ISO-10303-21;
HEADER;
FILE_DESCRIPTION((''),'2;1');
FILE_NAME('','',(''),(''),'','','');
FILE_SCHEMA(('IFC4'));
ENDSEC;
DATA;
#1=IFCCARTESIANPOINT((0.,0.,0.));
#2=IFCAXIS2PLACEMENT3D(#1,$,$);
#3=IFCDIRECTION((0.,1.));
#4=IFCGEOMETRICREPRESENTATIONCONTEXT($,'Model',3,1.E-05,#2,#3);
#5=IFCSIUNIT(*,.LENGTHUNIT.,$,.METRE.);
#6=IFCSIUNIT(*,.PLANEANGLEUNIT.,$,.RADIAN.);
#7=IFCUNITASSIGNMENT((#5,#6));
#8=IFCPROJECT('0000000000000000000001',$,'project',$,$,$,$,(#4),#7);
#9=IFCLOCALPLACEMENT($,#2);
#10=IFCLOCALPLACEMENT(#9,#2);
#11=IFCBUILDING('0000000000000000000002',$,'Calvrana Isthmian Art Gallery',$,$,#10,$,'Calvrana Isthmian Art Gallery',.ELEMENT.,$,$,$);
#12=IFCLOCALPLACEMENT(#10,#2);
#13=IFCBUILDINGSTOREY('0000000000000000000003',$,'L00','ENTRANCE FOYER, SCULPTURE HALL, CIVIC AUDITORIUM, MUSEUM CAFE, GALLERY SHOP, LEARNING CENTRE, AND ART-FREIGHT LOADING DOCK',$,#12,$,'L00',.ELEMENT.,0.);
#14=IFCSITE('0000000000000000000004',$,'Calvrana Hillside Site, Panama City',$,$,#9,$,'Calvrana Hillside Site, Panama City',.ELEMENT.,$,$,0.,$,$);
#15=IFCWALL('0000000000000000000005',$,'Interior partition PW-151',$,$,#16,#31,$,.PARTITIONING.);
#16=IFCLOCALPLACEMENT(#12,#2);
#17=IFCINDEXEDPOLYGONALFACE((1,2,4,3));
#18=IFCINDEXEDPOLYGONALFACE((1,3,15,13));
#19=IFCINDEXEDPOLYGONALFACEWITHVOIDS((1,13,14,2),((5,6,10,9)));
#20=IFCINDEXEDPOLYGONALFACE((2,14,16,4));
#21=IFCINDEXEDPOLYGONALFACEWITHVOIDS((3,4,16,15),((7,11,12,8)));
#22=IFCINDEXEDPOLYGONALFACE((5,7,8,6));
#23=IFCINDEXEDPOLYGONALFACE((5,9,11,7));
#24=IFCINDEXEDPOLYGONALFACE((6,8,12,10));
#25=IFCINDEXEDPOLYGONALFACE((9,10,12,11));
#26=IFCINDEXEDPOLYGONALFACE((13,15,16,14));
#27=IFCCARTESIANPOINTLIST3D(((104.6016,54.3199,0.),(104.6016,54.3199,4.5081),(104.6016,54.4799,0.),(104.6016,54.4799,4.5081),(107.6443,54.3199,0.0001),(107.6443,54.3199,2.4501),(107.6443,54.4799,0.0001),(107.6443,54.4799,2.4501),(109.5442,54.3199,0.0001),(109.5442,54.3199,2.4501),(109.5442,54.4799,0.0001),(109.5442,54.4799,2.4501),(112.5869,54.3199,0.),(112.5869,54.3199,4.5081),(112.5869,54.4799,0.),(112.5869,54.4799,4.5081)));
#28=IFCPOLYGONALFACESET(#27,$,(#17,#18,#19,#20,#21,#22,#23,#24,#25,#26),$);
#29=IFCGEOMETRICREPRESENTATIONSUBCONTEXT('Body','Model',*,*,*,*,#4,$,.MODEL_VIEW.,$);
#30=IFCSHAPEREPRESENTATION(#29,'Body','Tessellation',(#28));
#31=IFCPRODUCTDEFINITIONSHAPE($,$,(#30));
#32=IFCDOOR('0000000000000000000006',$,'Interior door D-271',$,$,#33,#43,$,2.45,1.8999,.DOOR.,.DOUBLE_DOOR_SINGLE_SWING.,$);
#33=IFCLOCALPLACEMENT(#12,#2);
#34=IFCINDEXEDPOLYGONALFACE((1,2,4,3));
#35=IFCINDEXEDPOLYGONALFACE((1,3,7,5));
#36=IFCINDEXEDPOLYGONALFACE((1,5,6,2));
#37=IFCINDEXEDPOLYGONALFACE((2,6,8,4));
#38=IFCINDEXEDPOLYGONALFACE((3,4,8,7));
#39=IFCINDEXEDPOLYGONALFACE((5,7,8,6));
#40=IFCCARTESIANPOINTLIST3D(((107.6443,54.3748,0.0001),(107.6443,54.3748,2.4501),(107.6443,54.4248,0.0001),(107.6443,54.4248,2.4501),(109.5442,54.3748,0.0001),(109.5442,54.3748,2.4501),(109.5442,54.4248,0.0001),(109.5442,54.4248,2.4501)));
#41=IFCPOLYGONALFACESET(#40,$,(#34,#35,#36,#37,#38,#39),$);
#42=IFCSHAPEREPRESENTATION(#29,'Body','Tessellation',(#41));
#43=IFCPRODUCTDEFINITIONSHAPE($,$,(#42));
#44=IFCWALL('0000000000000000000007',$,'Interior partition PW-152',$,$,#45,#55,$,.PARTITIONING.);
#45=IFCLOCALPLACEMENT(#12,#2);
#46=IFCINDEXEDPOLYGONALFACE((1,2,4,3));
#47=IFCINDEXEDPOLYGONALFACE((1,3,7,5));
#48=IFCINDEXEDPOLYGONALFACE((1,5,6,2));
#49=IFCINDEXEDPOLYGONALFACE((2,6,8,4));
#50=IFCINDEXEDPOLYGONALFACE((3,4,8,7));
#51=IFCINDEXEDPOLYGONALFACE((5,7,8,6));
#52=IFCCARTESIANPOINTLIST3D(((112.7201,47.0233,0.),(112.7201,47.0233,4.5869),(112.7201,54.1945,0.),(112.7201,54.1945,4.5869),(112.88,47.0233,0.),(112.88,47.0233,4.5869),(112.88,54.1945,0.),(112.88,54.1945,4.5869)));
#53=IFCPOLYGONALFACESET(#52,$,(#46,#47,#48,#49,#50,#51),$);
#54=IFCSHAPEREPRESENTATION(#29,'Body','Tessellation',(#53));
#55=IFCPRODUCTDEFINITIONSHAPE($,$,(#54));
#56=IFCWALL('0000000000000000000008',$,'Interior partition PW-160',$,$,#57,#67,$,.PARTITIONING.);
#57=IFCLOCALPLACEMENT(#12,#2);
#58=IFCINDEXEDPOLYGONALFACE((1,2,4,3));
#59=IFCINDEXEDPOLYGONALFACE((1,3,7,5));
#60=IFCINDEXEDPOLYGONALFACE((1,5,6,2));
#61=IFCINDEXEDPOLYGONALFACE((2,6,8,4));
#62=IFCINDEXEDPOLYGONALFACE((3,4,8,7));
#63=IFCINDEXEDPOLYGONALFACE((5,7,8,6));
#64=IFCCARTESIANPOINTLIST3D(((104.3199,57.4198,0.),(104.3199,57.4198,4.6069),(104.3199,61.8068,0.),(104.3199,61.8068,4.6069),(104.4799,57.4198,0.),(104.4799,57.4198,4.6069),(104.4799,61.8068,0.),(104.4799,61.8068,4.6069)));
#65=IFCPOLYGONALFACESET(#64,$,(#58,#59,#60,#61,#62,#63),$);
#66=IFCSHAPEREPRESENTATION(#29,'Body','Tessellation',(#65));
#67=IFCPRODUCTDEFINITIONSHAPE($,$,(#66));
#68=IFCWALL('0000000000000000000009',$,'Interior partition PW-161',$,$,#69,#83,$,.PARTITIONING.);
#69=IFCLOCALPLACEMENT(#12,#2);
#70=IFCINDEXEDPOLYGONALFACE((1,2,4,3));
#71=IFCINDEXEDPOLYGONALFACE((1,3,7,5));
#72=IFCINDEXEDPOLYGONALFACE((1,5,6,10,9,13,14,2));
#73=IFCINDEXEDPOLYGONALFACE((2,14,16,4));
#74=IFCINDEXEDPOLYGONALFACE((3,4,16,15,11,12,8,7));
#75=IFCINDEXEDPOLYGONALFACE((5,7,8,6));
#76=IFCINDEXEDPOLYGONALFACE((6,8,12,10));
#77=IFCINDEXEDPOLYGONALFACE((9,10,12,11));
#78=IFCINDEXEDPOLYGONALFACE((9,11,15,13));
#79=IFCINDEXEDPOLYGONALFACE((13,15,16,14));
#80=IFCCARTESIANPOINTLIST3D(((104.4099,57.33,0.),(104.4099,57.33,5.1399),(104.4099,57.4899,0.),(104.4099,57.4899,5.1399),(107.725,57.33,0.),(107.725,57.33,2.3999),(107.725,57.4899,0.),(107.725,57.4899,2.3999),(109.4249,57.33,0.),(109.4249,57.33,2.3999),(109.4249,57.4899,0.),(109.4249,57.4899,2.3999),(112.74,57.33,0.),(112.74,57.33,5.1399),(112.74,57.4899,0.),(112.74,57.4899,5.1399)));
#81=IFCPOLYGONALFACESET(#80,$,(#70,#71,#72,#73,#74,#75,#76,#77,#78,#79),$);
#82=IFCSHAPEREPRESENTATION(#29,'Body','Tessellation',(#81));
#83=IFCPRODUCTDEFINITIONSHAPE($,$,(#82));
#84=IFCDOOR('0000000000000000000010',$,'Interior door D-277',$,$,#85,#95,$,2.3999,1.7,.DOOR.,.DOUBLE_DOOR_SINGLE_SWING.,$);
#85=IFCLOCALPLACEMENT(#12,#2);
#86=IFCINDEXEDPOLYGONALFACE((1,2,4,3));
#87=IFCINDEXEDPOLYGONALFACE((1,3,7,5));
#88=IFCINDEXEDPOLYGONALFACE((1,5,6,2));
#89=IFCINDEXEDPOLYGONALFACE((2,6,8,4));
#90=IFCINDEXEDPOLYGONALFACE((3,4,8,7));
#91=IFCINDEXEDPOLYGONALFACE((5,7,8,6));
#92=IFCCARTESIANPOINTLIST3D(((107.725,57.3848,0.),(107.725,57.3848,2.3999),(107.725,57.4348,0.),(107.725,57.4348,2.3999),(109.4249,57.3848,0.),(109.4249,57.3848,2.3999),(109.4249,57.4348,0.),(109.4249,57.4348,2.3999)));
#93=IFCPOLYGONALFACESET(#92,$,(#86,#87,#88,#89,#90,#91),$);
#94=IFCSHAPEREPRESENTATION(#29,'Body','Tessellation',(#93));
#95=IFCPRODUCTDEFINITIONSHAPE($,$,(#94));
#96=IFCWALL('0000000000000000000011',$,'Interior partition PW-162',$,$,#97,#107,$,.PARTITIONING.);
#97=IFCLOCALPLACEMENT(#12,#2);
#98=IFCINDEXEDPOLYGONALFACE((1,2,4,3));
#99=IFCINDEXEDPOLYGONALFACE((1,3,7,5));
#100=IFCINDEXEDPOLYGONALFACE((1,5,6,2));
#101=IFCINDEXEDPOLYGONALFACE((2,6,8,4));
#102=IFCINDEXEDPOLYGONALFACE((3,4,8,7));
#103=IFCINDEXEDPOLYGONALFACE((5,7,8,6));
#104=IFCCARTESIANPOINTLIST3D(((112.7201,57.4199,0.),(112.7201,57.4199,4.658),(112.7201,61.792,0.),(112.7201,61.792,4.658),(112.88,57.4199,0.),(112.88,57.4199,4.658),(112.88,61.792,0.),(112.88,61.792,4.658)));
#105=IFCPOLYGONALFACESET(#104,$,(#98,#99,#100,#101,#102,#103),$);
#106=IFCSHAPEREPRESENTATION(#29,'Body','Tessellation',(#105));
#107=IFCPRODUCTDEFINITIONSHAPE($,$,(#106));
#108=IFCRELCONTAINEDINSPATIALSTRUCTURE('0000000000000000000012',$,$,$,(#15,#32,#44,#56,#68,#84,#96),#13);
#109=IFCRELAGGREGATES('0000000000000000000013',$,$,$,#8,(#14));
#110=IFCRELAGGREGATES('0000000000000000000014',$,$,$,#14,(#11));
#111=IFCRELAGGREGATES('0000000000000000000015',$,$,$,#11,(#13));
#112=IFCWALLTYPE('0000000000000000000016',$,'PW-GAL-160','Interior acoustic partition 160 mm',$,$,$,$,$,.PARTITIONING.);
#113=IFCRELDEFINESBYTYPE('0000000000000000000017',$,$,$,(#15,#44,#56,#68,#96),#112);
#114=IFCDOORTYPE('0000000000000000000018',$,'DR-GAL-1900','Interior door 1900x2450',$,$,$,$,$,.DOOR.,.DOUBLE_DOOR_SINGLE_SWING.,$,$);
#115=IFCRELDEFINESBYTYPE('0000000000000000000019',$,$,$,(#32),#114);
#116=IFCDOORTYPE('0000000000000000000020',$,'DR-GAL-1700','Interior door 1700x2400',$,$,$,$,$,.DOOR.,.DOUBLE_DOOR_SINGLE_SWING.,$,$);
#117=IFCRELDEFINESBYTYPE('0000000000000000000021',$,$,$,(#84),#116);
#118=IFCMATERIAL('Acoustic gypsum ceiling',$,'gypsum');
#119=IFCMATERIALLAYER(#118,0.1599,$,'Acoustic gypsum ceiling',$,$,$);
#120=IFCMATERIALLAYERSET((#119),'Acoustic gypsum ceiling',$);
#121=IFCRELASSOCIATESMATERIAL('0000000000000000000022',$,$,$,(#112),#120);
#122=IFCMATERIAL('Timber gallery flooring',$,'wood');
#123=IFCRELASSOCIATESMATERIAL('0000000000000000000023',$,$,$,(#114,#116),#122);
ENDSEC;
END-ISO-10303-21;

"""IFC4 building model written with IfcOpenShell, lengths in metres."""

from ifc_helpers import new_model, si_unit, direction, frame, frame_2d, origin, place, context, subcontext, project, spatial, rectangle, extrude, material, layer, layer_set, type_object, element, fill, save


model = new_model("IFC4")

# Units and contexts
model_context = context("Model", 3, precision=1e-05, world=origin(), true_north=direction((0.0, 1.0)))
body_context = subcontext(model_context, "Body", "Model", "MODEL_VIEW")
ifc_project = project(units=[si_unit("LENGTHUNIT", "METRE"), si_unit("PLANEANGLEUNIT", "RADIAN")], contexts=[model_context])

# Site, building, storey
site_placement = place(None, origin())
site = spatial("IfcSite", under=ifc_project, at=site_placement, Name="Calvrana Hillside Site, Panama City", LongName="Calvrana Hillside Site, Panama City", CompositionType="ELEMENT", RefElevation=0.0)
building_placement = place(site_placement, origin())
building = spatial("IfcBuilding", under=site, at=building_placement, Name="Calvrana Isthmian Art Gallery", LongName="Calvrana Isthmian Art Gallery", CompositionType="ELEMENT")
storey_placement = place(building_placement, origin())
storey = spatial("IfcBuildingStorey", under=building, at=storey_placement, Name="L00", Description="ENTRANCE FOYER, SCULPTURE HALL, CIVIC AUDITORIUM, MUSEUM CAFE, GALLERY SHOP, LEARNING CENTRE, AND ART-FREIGHT LOADING DOCK", LongName="L00", CompositionType="ELEMENT", Elevation=0.0)

# Shared definitions
ifc_material_1 = material(Name="Acoustic gypsum ceiling", Category="gypsum")
ifc_layer_1 = layer(ifc_material_1, 0.1599, Name="Acoustic gypsum ceiling")
ifc_layer_set_1 = layer_set([ifc_layer_1], Name="Acoustic gypsum ceiling")
wall_type = type_object("IfcWallType", Name="PW-GAL-160", Description="Interior acoustic partition 160 mm", PredefinedType="PARTITIONING", material=ifc_layer_set_1)

# Wall, opening, door
wall_1_placement = place(storey_placement, frame((104.6016, 54.3999, 0.0), z_axis=(0.0, 0.0, 1.0), x_axis=(1.0, 0.0, 0.0)))
wall_1 = element("IfcWall", 1, at=wall_1_placement, inside=storey, type_object=wall_type, Name="Interior partition PW-151", PredefinedType="PARTITIONING", context=body_context, shape_type="SweptSolid", body=[
    extrude(rectangle(XDim=7.9854, YDim=0.1599, at=frame_2d((3.9927, 0.0))), origin(), (0.0, 0.0, 1.0), 4.5081),
])
opening_1_placement = place(wall_1_placement, frame((3.0427, 0.0, 0.0)))
opening_1 = element("IfcOpeningElement", 2, at=opening_1_placement, cuts=wall_1, PredefinedType="OPENING", context=body_context, shape_type="SweptSolid", body=[
    extrude(rectangle(XDim=1.8999, YDim=2.45, at=frame_2d((0.95, 1.2251))), frame((0.0, 0.0903, 0.0), z_axis=(0.0, -1.0, 0.0), x_axis=(1.0, 0.0, 0.0)), (0.0, 0.0, 1.0), 0.1804),
])
ifc_material_2 = material(Name="Timber gallery flooring", Category="wood")
door_type_1 = type_object("IfcDoorType", Name="DR-GAL-1900", Description="Interior door 1900x2450", OperationType="DOUBLE_DOOR_SINGLE_SWING", PredefinedType="DOOR", material=ifc_material_2)
door_1_placement = place(opening_1_placement, origin())
door_1 = element("IfcDoor", 3, at=door_1_placement, inside=storey, type_object=door_type_1, Name="Interior door D-271", OperationType="DOUBLE_DOOR_SINGLE_SWING", OverallHeight=2.45, OverallWidth=1.8999, PredefinedType="DOOR", context=body_context, shape_type="SweptSolid", body=[
    extrude(rectangle(XDim=1.8999, YDim=2.45, at=frame_2d((0.95, 1.2251))), frame((0.0, 0.0249, 0.0), z_axis=(0.0, -1.0, 0.0), x_axis=(1.0, 0.0, 0.0)), (0.0, 0.0, 1.0), 0.05),
])
fill(opening_1, door_1)

# Walls
wall_2_placement = place(storey_placement, frame((112.8, 47.0234, 0.0), z_axis=(0.0, 0.0, 1.0), x_axis=(0.0, 1.0, 0.0)))
element("IfcWall", 4, at=wall_2_placement, inside=storey, type_object=wall_type, Name="Interior partition PW-152", PredefinedType="PARTITIONING", context=body_context, shape_type="SweptSolid", body=[
    extrude(rectangle(XDim=7.1711, YDim=0.1599, at=frame_2d((3.5854, 0.0))), origin(), (0.0, 0.0, 1.0), 4.5869),
])
wall_3_placement = place(storey_placement, frame((104.3999, 57.4199, 0.0), z_axis=(0.0, 0.0, 1.0), x_axis=(0.0, 1.0, 0.0)))
element("IfcWall", 5, at=wall_3_placement, inside=storey, type_object=wall_type, Name="Interior partition PW-160", PredefinedType="PARTITIONING", context=body_context, shape_type="SweptSolid", body=[
    extrude(rectangle(XDim=4.387, YDim=0.1599, at=frame_2d((2.1934, 0.0))), origin(), (0.0, 0.0, 1.0), 4.6069),
])

# Wall, opening, door
wall_4_placement = place(storey_placement, frame((104.4099, 57.4099, 0.0), z_axis=(0.0, 0.0, 1.0), x_axis=(1.0, 0.0, 0.0)))
wall_4 = element("IfcWall", 6, at=wall_4_placement, inside=storey, type_object=wall_type, Name="Interior partition PW-161", PredefinedType="PARTITIONING", context=body_context, shape_type="SweptSolid", body=[
    extrude(rectangle(XDim=8.3301, YDim=0.1599, at=frame_2d((4.165, 0.0))), origin(), (0.0, 0.0, 1.0), 5.1399),
])
opening_2_placement = place(wall_4_placement, frame((3.3149, 0.0, 0.0)))
opening_2 = element("IfcOpeningElement", 7, at=opening_2_placement, cuts=wall_4, PredefinedType="OPENING", context=body_context, shape_type="SweptSolid", body=[
    extrude(rectangle(XDim=1.7, YDim=2.3999, at=frame_2d((0.8501, 1.2))), frame((0.0, 0.0903, 0.0), z_axis=(0.0, -1.0, 0.0), x_axis=(1.0, 0.0, 0.0)), (0.0, 0.0, 1.0), 0.1804),
])
door_type_2 = type_object("IfcDoorType", Name="DR-GAL-1700", Description="Interior door 1700x2400", OperationType="DOUBLE_DOOR_SINGLE_SWING", PredefinedType="DOOR", material=ifc_material_2)
door_2_placement = place(opening_2_placement, origin())
door_2 = element("IfcDoor", 8, at=door_2_placement, inside=storey, type_object=door_type_2, Name="Interior door D-277", OperationType="DOUBLE_DOOR_SINGLE_SWING", OverallHeight=2.3999, OverallWidth=1.7, PredefinedType="DOOR", context=body_context, shape_type="SweptSolid", body=[
    extrude(rectangle(XDim=1.7, YDim=2.3999, at=frame_2d((0.8501, 1.2))), frame((0.0, 0.0249, 0.0), z_axis=(0.0, -1.0, 0.0), x_axis=(1.0, 0.0, 0.0)), (0.0, 0.0, 1.0), 0.05),
])
fill(opening_2, door_2)

# Wall
wall_5_placement = place(storey_placement, frame((112.8, 57.4199, 0.0), z_axis=(0.0, 0.0, 1.0), x_axis=(0.0, 1.0, 0.0)))
element("IfcWall", 9, at=wall_5_placement, inside=storey, type_object=wall_type, Name="Interior partition PW-162", PredefinedType="PARTITIONING", context=body_context, shape_type="SweptSolid", body=[
    extrude(rectangle(XDim=4.3721, YDim=0.1599, at=frame_2d((2.186, 0.0))), origin(), (0.0, 0.0, 1.0), 4.658),
])

save(model, "model.ifc")
